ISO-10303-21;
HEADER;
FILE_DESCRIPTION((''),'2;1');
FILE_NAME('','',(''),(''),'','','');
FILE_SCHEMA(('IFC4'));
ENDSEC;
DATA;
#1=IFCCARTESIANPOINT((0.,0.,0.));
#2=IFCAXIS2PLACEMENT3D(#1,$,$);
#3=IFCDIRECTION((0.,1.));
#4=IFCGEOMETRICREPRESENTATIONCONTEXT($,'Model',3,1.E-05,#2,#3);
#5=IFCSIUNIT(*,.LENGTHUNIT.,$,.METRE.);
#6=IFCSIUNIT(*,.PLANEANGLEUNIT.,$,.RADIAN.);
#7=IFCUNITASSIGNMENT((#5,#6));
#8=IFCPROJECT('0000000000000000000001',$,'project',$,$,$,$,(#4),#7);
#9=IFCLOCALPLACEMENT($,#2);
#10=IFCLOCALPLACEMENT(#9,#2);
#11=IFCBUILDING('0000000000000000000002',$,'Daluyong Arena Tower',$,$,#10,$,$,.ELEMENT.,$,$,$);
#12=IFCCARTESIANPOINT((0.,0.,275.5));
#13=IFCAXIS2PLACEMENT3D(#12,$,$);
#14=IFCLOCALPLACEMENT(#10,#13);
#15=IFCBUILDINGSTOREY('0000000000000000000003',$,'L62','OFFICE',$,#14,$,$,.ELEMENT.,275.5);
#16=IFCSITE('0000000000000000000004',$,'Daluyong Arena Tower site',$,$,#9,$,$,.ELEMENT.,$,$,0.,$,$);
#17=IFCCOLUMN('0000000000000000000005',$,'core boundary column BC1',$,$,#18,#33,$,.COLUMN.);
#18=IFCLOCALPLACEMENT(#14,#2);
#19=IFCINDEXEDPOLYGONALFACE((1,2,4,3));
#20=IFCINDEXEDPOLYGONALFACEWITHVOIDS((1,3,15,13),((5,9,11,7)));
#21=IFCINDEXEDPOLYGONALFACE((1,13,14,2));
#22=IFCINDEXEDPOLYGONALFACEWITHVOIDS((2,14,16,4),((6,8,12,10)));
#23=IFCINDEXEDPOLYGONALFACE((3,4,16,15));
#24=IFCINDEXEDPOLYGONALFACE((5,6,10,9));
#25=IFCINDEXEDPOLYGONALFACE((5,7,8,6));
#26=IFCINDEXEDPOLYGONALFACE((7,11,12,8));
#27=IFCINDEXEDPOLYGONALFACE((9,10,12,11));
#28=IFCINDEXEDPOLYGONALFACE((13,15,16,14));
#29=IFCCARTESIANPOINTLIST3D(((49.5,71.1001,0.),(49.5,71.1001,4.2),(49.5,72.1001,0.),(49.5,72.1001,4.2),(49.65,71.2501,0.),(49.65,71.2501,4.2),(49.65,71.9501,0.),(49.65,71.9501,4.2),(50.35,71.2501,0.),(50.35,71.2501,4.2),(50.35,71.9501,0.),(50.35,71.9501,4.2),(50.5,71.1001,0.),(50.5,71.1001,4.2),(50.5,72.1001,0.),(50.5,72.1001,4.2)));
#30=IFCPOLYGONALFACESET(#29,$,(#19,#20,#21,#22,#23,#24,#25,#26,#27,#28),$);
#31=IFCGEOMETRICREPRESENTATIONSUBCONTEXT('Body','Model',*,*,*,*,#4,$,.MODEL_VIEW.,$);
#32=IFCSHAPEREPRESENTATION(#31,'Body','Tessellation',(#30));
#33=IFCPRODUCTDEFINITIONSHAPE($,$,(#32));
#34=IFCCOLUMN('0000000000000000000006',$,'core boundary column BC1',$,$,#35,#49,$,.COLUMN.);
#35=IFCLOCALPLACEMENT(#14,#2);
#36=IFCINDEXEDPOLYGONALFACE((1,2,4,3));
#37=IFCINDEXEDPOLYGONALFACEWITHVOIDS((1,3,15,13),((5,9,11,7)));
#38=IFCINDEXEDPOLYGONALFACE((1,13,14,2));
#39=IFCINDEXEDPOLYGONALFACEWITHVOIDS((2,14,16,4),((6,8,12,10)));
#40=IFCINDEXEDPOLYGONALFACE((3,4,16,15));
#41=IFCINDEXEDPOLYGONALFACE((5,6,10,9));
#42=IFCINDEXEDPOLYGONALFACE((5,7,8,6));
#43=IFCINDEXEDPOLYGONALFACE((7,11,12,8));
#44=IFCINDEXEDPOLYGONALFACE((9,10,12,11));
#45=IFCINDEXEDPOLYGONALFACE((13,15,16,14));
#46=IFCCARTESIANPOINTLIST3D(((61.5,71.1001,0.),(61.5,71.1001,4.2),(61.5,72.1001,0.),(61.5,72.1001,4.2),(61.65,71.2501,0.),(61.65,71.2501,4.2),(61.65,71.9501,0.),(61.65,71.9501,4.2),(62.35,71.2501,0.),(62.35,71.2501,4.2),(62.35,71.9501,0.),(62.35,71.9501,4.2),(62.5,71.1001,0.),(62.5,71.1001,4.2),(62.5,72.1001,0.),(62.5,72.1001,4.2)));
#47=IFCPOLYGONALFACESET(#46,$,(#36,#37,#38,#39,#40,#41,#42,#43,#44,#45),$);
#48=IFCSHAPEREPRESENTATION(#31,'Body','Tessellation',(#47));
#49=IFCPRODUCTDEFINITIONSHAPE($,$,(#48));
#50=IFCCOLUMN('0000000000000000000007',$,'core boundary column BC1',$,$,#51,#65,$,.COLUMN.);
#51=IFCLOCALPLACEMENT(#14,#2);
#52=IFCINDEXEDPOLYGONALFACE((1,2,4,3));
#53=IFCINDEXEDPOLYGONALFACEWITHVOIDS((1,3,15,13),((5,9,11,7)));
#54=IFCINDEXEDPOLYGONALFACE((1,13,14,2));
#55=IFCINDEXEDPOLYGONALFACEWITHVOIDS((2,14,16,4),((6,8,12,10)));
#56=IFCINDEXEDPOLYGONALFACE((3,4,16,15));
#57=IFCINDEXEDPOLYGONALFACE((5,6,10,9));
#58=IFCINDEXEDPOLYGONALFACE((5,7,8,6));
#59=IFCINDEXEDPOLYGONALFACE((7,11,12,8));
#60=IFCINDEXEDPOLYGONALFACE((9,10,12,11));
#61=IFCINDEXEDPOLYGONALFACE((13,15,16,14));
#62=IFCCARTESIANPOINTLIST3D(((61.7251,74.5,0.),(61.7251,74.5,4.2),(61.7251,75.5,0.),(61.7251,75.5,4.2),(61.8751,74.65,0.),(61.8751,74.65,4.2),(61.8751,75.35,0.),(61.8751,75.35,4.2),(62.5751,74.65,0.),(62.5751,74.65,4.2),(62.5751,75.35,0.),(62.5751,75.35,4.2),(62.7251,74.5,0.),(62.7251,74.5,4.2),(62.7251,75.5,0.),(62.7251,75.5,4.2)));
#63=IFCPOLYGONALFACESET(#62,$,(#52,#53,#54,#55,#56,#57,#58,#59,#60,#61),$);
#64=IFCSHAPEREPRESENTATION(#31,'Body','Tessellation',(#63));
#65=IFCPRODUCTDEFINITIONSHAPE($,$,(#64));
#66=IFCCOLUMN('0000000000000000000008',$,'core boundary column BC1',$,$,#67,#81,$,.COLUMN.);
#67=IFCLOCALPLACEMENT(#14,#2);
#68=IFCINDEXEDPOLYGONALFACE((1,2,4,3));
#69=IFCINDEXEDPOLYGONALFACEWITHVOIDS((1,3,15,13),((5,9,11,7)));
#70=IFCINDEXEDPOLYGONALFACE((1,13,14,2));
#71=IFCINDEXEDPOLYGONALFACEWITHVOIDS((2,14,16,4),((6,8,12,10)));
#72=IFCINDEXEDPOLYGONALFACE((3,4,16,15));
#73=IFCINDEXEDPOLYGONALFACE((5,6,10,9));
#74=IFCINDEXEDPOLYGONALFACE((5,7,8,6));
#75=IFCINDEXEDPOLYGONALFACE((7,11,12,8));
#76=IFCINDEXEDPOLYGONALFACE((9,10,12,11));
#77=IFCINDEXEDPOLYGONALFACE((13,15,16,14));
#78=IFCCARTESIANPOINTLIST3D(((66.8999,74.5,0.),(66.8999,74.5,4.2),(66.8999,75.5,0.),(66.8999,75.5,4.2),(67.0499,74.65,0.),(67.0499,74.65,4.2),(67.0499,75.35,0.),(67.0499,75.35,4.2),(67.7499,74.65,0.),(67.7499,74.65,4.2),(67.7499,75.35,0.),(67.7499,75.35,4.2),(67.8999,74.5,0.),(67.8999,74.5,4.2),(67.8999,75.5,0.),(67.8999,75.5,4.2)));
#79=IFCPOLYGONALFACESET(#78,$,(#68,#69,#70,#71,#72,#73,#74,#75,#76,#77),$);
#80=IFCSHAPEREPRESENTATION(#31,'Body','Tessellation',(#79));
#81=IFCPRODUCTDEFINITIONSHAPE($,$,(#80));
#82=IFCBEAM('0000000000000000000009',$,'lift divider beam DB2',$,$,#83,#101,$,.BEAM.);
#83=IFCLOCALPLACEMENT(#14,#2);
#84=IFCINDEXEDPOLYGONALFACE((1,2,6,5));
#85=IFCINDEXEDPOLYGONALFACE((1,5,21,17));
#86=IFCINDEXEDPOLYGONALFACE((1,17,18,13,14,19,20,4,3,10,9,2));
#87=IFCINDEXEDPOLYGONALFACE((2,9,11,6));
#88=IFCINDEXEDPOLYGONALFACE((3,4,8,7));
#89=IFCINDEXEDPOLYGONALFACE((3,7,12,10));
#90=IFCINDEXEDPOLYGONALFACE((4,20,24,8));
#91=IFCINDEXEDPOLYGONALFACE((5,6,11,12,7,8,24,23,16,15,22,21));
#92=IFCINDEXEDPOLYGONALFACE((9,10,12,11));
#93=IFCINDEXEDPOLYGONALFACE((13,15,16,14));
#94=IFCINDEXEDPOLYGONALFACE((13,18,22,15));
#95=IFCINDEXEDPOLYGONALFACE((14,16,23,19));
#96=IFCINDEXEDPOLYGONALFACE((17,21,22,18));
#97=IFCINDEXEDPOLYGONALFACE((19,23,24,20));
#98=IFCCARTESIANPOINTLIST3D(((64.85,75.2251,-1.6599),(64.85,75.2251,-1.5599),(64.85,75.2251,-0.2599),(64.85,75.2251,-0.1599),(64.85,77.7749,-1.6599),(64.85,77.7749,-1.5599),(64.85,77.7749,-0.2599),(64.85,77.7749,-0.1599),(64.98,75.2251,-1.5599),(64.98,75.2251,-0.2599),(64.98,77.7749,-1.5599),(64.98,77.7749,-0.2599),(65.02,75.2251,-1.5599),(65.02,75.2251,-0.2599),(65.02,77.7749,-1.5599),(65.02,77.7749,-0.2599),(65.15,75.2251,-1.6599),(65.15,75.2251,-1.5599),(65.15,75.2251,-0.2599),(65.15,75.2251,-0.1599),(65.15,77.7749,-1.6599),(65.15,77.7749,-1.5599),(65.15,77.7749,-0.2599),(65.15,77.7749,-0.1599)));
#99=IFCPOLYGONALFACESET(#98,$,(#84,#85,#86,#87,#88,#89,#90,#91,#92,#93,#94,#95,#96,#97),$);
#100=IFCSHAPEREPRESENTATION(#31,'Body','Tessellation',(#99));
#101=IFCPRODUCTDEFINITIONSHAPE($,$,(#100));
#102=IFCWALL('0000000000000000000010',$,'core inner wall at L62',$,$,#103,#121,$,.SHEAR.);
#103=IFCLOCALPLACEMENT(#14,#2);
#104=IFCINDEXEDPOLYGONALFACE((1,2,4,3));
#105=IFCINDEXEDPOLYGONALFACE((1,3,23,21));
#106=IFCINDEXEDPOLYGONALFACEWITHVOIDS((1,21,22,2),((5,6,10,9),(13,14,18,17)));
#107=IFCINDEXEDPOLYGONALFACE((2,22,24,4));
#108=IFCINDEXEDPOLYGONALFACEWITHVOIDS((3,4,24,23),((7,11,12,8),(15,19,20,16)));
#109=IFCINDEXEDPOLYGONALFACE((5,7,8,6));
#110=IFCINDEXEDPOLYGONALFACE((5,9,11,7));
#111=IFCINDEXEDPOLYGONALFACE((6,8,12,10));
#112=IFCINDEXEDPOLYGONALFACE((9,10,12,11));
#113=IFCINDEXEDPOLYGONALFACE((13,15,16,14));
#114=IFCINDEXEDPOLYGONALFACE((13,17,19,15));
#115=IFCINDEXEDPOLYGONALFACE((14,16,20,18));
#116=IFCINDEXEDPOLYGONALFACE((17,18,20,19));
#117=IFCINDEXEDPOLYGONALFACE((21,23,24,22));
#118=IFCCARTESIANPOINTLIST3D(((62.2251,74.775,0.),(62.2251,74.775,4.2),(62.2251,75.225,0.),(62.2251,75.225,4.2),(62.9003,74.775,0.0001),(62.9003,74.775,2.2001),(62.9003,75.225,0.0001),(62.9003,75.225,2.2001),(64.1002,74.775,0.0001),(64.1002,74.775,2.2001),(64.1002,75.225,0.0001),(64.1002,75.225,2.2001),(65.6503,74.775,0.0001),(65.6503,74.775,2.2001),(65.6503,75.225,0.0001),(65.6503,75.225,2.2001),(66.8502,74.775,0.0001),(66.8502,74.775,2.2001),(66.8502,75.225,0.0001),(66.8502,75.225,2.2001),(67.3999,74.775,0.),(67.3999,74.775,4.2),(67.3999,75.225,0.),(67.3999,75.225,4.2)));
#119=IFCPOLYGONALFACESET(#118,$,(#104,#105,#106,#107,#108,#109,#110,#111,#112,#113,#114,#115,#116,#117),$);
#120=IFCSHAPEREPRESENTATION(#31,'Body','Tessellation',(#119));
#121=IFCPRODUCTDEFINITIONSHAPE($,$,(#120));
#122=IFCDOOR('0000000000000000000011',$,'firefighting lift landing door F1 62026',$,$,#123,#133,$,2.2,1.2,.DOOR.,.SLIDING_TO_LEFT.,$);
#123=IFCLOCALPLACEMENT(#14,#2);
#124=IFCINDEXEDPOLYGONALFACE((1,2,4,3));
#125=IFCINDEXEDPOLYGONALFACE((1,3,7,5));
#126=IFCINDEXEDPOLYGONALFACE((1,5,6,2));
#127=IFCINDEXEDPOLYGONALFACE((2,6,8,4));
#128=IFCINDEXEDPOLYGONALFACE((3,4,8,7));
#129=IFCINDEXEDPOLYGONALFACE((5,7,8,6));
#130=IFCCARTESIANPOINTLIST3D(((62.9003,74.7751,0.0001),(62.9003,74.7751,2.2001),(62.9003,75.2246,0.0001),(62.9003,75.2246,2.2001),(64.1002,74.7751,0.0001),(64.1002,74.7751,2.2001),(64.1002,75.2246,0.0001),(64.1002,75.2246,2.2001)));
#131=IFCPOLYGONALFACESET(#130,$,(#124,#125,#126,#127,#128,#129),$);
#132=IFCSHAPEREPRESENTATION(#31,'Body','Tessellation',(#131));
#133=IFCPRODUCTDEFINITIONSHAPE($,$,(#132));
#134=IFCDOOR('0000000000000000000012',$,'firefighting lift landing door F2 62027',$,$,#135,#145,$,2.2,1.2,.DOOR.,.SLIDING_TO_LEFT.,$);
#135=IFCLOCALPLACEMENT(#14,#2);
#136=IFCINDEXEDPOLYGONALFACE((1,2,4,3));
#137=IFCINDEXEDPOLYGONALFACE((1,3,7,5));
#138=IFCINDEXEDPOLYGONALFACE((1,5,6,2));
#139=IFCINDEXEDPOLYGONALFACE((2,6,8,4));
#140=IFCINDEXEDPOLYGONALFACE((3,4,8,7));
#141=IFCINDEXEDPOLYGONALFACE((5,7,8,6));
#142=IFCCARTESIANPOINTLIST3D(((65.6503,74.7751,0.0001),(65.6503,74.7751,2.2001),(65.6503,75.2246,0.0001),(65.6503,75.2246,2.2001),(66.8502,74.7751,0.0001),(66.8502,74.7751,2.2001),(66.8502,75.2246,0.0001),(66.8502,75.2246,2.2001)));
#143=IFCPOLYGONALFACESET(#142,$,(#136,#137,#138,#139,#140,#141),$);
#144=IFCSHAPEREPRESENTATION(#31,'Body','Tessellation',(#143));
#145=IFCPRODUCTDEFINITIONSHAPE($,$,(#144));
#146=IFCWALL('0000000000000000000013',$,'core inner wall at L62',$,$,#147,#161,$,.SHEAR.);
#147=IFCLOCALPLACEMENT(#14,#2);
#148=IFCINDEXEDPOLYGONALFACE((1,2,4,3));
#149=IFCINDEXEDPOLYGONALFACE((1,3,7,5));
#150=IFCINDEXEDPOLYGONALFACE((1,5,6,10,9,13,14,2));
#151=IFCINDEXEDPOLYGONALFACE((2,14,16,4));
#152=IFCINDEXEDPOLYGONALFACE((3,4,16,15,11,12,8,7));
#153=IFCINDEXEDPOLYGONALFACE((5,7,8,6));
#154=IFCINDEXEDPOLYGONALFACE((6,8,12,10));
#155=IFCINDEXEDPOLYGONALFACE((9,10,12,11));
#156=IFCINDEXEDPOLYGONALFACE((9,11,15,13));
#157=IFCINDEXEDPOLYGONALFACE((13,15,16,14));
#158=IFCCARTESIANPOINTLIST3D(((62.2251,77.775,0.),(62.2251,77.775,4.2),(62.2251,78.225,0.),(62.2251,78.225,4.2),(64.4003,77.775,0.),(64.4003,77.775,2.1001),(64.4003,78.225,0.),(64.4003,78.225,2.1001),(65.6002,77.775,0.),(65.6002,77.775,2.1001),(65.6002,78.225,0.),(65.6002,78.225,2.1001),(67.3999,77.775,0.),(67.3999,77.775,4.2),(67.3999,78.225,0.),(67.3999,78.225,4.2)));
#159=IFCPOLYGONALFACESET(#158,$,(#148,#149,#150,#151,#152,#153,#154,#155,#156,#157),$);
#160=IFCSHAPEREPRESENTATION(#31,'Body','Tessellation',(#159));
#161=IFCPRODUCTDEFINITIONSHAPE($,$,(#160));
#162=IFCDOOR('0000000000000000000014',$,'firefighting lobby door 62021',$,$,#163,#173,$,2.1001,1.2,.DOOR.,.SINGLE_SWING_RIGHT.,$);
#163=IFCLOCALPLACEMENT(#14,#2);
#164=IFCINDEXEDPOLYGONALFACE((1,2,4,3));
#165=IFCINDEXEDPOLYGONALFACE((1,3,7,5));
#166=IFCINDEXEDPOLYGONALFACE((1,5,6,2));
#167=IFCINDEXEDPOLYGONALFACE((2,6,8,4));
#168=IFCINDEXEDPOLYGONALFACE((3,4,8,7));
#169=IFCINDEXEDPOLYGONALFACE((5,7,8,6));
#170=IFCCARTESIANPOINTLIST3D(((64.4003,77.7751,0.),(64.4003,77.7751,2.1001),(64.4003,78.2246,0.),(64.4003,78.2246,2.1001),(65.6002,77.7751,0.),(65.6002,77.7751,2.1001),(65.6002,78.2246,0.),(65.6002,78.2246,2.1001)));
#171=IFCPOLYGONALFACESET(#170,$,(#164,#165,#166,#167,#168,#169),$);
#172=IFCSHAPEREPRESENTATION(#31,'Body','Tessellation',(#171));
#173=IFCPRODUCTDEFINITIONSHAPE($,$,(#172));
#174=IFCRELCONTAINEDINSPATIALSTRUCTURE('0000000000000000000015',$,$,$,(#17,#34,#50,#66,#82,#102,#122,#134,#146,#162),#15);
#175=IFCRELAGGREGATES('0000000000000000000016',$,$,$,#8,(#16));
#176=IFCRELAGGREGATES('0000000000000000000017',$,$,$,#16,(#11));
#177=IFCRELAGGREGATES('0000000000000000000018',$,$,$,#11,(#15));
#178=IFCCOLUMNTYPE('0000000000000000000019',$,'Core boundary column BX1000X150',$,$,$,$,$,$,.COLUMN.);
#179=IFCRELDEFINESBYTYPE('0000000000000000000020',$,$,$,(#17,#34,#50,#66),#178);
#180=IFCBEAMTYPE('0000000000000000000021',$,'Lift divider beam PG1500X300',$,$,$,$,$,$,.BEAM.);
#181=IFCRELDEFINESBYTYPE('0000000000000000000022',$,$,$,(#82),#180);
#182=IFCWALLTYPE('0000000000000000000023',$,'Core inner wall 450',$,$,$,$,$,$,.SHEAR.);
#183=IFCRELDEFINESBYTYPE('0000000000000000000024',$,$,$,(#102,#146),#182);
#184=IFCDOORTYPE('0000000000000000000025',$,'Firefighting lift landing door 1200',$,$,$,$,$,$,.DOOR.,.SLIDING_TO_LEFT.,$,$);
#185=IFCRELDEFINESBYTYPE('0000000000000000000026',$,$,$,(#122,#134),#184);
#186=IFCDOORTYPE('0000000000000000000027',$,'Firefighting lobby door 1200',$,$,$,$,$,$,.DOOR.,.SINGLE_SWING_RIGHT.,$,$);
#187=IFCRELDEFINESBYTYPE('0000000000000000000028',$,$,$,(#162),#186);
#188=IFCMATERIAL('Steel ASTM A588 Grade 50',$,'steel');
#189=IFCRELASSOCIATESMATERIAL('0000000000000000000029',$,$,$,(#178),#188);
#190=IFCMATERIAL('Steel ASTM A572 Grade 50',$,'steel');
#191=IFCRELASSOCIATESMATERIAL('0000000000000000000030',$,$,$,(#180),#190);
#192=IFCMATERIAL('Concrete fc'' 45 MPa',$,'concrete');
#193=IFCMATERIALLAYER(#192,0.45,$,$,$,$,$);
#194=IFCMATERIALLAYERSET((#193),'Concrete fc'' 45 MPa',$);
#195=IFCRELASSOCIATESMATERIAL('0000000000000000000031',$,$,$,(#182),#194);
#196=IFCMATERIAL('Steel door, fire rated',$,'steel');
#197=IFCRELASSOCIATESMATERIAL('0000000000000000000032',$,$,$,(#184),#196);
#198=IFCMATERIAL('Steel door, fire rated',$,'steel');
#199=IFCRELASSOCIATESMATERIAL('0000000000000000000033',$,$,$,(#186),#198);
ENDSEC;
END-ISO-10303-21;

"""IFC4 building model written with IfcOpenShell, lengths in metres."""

from ifc_helpers import new_model, si_unit, direction, frame, frame_2d, origin, origin_2d, place, context, subcontext, project, spatial, rectangle, hollow_rectangle, i_section, extrude, material, layer, layer_set, material_profile, profile_set, type_object, element, fill, save


model = new_model("IFC4")

# Units and contexts
model_context = context("Model", 3, precision=1e-05, world=origin(), true_north=direction((0.0, 1.0)))
body_context = subcontext(model_context, "Body", "Model", "MODEL_VIEW")
ifc_project = project(units=[si_unit("LENGTHUNIT", "METRE"), si_unit("PLANEANGLEUNIT", "RADIAN")], contexts=[model_context])

# Site, building, storey
site_placement = place(None, origin())
site = spatial("IfcSite", under=ifc_project, at=site_placement, Name="Daluyong Arena Tower site", CompositionType="ELEMENT", RefElevation=0.0)
building_placement = place(site_placement, origin())
building = spatial("IfcBuilding", under=site, at=building_placement, Name="Daluyong Arena Tower", CompositionType="ELEMENT")
storey_placement = place(building_placement, frame((0.0, 0.0, 275.5)))
storey = spatial("IfcBuildingStorey", under=building, at=storey_placement, Name="L62", Description="OFFICE", CompositionType="ELEMENT", Elevation=275.5)

# Columns
ifc_material_1 = material(Name="Steel ASTM A588 Grade 50", Category="steel")
ifc_material_profile_1 = material_profile(ifc_material_1, hollow_rectangle(XDim=1.0, YDim=1.0, WallThickness=0.15, at=origin_2d()))
ifc_profile_set_1 = profile_set([ifc_material_profile_1], Name="Steel ASTM A588 Grade 50")
column_type = type_object("IfcColumnType", Name="Core boundary column BX1000X150", PredefinedType="COLUMN", material=ifc_profile_set_1)
for number, where, z_axis, x_axis, name in (
    (1, (50.0, 71.6001, 0.0), (0.0, 0.0, 1.0), (1.0, 0.0, 0.0), "core boundary column BC1"),
    (2, (62.0, 71.6001, 0.0), (0.0, 0.0, 1.0), (1.0, 0.0, 0.0), "core boundary column BC1"),
    (3, (62.2251, 75.0, 0.0), (0.0, 0.0, 1.0), (1.0, 0.0, 0.0), "core boundary column BC1"),
    (4, (67.3999, 75.0, 0.0), (0.0, 0.0, 1.0), (1.0, 0.0, 0.0), "core boundary column BC1"),
):
    element("IfcColumn", number, at=place(storey_placement, frame(where, z_axis=z_axis, x_axis=x_axis)), inside=storey, type_object=column_type, Name=name, PredefinedType="COLUMN", context=body_context, shape_type="SweptSolid", body=[
        extrude(hollow_rectangle(XDim=1.0, YDim=1.0, WallThickness=0.15, at=origin_2d()), origin(), (0.0, 0.0, 1.0), 4.2),
    ])

# Beam
ifc_material_2 = material(Name="Steel ASTM A572 Grade 50", Category="steel")
ifc_material_profile_2 = material_profile(ifc_material_2, i_section(OverallWidth=0.3, OverallDepth=1.5, WebThickness=0.04, FlangeThickness=0.1, at=origin_2d()))
ifc_profile_set_2 = profile_set([ifc_material_profile_2], Name="Steel ASTM A572 Grade 50")
beam_type = type_object("IfcBeamType", Name="Lift divider beam PG1500X300", PredefinedType="BEAM", material=ifc_profile_set_2)
beam_placement = place(storey_placement, frame((65.0, 75.2251, -0.9099), z_axis=(0.0, 1.0, 0.0), x_axis=(-1.0, 0.0, 0.0)))
element("IfcBeam", 5, at=beam_placement, inside=storey, type_object=beam_type, Name="lift divider beam DB2", PredefinedType="BEAM", context=body_context, shape_type="SweptSolid", body=[
    extrude(i_section(OverallWidth=0.3, OverallDepth=1.5, WebThickness=0.04, FlangeThickness=0.1, at=origin_2d()), origin(), (0.0, 0.0, 1.0), 2.5498),
])

# Shared definitions
ifc_material_3 = material(Name="Concrete fc' 45 MPa", Category="concrete")
ifc_layer_1 = layer(ifc_material_3, 0.45)
ifc_layer_set_1 = layer_set([ifc_layer_1], Name="Concrete fc' 45 MPa")
wall_type_1 = type_object("IfcWallType", Name="Core inner wall 450", PredefinedType="SHEAR", material=ifc_layer_set_1)

# Wall, openings, doors
wall_1_placement = place(storey_placement, frame((62.2251, 75.0, 0.0), z_axis=(0.0, 0.0, 1.0), x_axis=(1.0, 0.0, 0.0)))
wall_1 = element("IfcWall", 6, at=wall_1_placement, inside=storey, type_object=wall_type_1, Name="core inner wall at L62", PredefinedType="SHEAR", context=body_context, shape_type="SweptSolid", body=[
    extrude(rectangle(XDim=5.1748, YDim=0.45, at=frame_2d((2.5874, 0.0))), origin(), (0.0, 0.0, 1.0), 4.2),
])
opening_1_placement = place(wall_1_placement, frame((0.675, 0.0, 0.0)))
opening_1 = element("IfcOpeningElement", 7, at=opening_1_placement, cuts=wall_1, PredefinedType="OPENING", context=body_context, shape_type="SweptSolid", body=[
    extrude(rectangle(XDim=1.2, YDim=2.2, at=frame_2d((0.6001, 1.1001))), frame((0.0, 0.2349, 0.0), z_axis=(0.0, -1.0, 0.0), x_axis=(1.0, 0.0, 0.0)), (0.0, 0.0, 1.0), 0.47),
])
opening_2_placement = place(wall_1_placement, frame((3.425, 0.0, 0.0)))
opening_2 = element("IfcOpeningElement", 8, at=opening_2_placement, cuts=wall_1, PredefinedType="OPENING", context=body_context, shape_type="SweptSolid", body=[
    extrude(rectangle(XDim=1.2, YDim=2.2, at=frame_2d((0.6001, 1.1001))), frame((0.0, 0.2349, 0.0), z_axis=(0.0, -1.0, 0.0), x_axis=(1.0, 0.0, 0.0)), (0.0, 0.0, 1.0), 0.47),
])
ifc_material_4 = material(Name="Steel door, fire rated", Category="steel")
door_type_1 = type_object("IfcDoorType", Name="Firefighting lift landing door 1200", OperationType="SLIDING_TO_LEFT", PredefinedType="DOOR", material=ifc_material_4)
door_1_placement = place(opening_1_placement, origin())
door_1 = element("IfcDoor", 9, at=door_1_placement, inside=storey, type_object=door_type_1, Name="firefighting lift landing door F1 62026", OperationType="SLIDING_TO_LEFT", OverallHeight=2.2, OverallWidth=1.2, PredefinedType="DOOR", context=body_context, shape_type="SweptSolid", body=[
    extrude(rectangle(XDim=1.2, YDim=2.2, at=frame_2d((0.6001, 1.1001))), frame((0.0, 0.2246, 0.0), z_axis=(0.0, -1.0, 0.0), x_axis=(1.0, 0.0, 0.0)), (0.0, 0.0, 1.0), 0.4495),
])
fill(opening_1, door_1)
door_2_placement = place(opening_2_placement, origin())
door_2 = element("IfcDoor", 10, at=door_2_placement, inside=storey, type_object=door_type_1, Name="firefighting lift landing door F2 62027", OperationType="SLIDING_TO_LEFT", OverallHeight=2.2, OverallWidth=1.2, PredefinedType="DOOR", context=body_context, shape_type="SweptSolid", body=[
    extrude(rectangle(XDim=1.2, YDim=2.2, at=frame_2d((0.6001, 1.1001))), frame((0.0, 0.2246, 0.0), z_axis=(0.0, -1.0, 0.0), x_axis=(1.0, 0.0, 0.0)), (0.0, 0.0, 1.0), 0.4495),
])
fill(opening_2, door_2)

# Wall, opening, door
wall_2_placement = place(storey_placement, frame((62.2251, 78.0, 0.0), z_axis=(0.0, 0.0, 1.0), x_axis=(1.0, 0.0, 0.0)))
wall_2 = element("IfcWall", 11, at=wall_2_placement, inside=storey, type_object=wall_type_1, Name="core inner wall at L62", PredefinedType="SHEAR", context=body_context, shape_type="SweptSolid", body=[
    extrude(rectangle(XDim=5.1748, YDim=0.45, at=frame_2d((2.5874, 0.0))), origin(), (0.0, 0.0, 1.0), 4.2),
])
opening_3_placement = place(wall_2_placement, frame((2.175, 0.0, 0.0)))
opening_3 = element("IfcOpeningElement", 12, at=opening_3_placement, cuts=wall_2, PredefinedType="OPENING", context=body_context, shape_type="SweptSolid", body=[
    extrude(rectangle(XDim=1.2, YDim=2.1001, at=frame_2d((0.6001, 1.05))), frame((0.0, 0.2349, 0.0), z_axis=(0.0, -1.0, 0.0), x_axis=(1.0, 0.0, 0.0)), (0.0, 0.0, 1.0), 0.47),
])
ifc_material_5 = material(Name="Steel door, fire rated", Category="steel")
door_type_2 = type_object("IfcDoorType", Name="Firefighting lobby door 1200", OperationType="SINGLE_SWING_RIGHT", PredefinedType="DOOR", material=ifc_material_5)
door_3_placement = place(opening_3_placement, origin())
door_3 = element("IfcDoor", 13, at=door_3_placement, inside=storey, type_object=door_type_2, Name="firefighting lobby door 62021", OperationType="SINGLE_SWING_RIGHT", OverallHeight=2.1001, OverallWidth=1.2, PredefinedType="DOOR", context=body_context, shape_type="SweptSolid", body=[
    extrude(rectangle(XDim=1.2, YDim=2.1001, at=frame_2d((0.6001, 1.05))), frame((0.0, 0.2246, 0.0), z_axis=(0.0, -1.0, 0.0), x_axis=(1.0, 0.0, 0.0)), (0.0, 0.0, 1.0), 0.4495),
])
fill(opening_3, door_3)

save(model, "model.ifc")
